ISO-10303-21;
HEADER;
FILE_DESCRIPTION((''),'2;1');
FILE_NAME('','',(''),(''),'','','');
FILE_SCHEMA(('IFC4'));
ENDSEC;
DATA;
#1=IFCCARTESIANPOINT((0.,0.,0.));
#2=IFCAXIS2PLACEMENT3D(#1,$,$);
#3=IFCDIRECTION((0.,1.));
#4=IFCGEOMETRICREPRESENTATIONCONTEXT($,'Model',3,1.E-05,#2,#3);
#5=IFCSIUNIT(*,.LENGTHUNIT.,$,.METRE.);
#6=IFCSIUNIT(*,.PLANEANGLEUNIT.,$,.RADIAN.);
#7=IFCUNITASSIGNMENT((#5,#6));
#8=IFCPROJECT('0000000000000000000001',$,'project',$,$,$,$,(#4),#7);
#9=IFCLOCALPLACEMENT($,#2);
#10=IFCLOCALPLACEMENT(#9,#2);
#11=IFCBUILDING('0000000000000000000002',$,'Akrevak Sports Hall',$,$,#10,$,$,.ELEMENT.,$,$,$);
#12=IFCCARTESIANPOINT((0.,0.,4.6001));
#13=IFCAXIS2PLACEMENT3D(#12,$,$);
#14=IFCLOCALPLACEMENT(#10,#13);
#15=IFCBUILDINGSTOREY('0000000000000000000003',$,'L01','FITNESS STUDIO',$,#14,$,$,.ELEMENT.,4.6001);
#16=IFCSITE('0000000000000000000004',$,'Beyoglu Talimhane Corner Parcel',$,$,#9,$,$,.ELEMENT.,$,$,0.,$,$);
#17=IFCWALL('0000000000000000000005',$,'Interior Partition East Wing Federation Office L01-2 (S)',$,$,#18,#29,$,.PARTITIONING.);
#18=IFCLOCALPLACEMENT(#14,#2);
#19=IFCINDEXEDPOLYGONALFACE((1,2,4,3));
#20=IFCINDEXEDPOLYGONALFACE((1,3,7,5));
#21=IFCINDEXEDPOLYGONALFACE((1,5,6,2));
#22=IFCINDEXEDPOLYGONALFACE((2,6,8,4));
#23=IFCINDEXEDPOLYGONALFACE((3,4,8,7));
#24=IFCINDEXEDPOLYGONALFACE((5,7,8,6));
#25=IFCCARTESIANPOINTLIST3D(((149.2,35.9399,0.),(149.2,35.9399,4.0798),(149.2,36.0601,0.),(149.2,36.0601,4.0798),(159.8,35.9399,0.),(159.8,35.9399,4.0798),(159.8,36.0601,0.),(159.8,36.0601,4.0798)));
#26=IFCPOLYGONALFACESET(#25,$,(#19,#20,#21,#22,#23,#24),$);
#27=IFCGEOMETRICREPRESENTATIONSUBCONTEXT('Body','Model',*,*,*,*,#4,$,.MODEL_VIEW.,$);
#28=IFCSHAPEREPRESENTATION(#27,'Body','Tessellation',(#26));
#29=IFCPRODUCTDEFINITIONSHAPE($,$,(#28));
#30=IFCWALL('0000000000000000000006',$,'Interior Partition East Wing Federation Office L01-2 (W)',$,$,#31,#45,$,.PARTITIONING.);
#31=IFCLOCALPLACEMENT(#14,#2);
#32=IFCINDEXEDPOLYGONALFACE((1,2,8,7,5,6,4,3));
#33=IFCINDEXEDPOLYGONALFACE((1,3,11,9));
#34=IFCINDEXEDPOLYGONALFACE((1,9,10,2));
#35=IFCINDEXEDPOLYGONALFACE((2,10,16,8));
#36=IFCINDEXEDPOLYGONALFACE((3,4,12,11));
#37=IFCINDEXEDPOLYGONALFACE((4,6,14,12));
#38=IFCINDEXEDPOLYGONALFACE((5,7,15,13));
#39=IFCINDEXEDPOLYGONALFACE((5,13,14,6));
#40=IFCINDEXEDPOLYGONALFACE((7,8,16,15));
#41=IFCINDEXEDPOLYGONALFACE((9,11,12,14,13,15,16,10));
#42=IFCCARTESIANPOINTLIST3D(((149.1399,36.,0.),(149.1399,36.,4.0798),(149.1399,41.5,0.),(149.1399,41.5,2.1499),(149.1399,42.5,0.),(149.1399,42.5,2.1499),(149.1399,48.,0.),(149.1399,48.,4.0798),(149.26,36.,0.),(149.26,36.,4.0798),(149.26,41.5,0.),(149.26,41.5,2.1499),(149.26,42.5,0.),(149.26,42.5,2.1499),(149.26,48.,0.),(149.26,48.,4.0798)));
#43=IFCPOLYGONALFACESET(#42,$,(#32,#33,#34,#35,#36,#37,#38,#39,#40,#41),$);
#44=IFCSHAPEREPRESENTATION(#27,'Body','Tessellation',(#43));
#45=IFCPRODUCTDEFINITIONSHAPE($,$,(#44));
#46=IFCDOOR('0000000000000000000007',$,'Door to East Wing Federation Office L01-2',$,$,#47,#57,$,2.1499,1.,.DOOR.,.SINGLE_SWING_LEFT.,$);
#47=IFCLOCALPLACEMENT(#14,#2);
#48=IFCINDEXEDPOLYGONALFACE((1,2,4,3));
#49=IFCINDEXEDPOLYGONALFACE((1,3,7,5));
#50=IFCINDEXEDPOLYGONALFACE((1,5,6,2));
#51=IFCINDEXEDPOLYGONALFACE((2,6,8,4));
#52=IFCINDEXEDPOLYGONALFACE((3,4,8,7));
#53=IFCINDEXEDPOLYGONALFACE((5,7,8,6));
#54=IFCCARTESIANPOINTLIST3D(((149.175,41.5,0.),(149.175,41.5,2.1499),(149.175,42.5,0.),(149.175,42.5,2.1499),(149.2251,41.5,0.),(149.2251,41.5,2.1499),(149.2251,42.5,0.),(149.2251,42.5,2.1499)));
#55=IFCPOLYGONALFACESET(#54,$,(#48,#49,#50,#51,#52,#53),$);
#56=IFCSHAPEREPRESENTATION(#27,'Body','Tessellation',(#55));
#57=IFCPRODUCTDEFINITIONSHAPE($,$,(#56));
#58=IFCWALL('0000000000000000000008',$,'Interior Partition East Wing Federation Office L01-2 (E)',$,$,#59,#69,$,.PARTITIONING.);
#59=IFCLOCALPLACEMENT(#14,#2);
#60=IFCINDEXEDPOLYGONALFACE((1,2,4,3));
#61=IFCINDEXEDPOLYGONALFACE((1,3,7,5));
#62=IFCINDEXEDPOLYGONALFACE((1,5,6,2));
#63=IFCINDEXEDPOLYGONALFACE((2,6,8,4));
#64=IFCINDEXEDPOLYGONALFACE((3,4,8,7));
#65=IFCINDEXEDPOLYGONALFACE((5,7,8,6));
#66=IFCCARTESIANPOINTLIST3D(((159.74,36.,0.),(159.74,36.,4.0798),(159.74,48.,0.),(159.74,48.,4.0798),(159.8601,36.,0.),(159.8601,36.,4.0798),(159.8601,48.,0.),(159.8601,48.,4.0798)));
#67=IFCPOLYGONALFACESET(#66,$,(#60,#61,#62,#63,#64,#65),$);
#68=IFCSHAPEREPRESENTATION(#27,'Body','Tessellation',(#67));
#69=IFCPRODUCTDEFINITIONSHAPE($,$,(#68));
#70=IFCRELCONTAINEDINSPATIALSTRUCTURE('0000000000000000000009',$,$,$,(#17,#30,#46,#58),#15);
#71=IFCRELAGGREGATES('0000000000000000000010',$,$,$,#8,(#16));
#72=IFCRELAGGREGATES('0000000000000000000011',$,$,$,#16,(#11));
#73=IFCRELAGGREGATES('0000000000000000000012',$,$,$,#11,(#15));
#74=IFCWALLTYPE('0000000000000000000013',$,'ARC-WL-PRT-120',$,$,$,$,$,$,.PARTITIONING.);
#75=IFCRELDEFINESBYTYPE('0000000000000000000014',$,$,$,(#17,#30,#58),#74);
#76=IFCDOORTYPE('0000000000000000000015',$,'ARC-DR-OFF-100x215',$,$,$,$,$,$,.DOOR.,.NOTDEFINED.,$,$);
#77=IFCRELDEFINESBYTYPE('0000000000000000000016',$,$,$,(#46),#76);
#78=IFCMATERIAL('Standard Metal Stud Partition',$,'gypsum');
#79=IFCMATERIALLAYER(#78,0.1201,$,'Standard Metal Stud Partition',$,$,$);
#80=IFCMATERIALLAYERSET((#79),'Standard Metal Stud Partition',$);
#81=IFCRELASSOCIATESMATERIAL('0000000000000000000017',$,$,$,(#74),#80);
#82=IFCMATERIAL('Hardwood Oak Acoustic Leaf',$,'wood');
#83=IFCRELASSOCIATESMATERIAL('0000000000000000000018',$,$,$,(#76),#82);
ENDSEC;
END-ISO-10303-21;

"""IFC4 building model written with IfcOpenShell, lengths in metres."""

from ifc_helpers import new_model, si_unit, direction, frame, frame_2d, origin, place, context, subcontext, project, spatial, rectangle, extrude, material, layer, layer_set, type_object, element, fill, save


model = new_model("IFC4")

# Units and contexts
model_context = context("Model", 3, precision=1e-05, world=origin(), true_north=direction((0.0, 1.0)))
body_context = subcontext(model_context, "Body", "Model", "MODEL_VIEW")
ifc_project = project(units=[si_unit("LENGTHUNIT", "METRE"), si_unit("PLANEANGLEUNIT", "RADIAN")], contexts=[model_context])

# Site, building, storey
site_placement = place(None, origin())
site = spatial("IfcSite", under=ifc_project, at=site_placement, Name="Beyoglu Talimhane Corner Parcel", CompositionType="ELEMENT", RefElevation=0.0)
building_placement = place(site_placement, origin())
building = spatial("IfcBuilding", under=site, at=building_placement, Name="Akrevak Sports Hall", CompositionType="ELEMENT")
storey_placement = place(building_placement, frame((0.0, 0.0, 4.6001)))
storey = spatial("IfcBuildingStorey", under=building, at=storey_placement, Name="L01", Description="FITNESS STUDIO", CompositionType="ELEMENT", Elevation=4.6001)

# Wall
ifc_material_1 = material(Name="Standard Metal Stud Partition", Category="gypsum")
ifc_layer_1 = layer(ifc_material_1, 0.1201, Name="Standard Metal Stud Partition")
ifc_layer_set_1 = layer_set([ifc_layer_1], Name="Standard Metal Stud Partition")
wall_type_1 = type_object("IfcWallType", Name="ARC-WL-PRT-120", PredefinedType="PARTITIONING", material=ifc_layer_set_1)
wall_1_placement = place(storey_placement, frame((149.2, 36.0, 0.0), z_axis=(0.0, 0.0, 1.0), x_axis=(1.0, 0.0, 0.0)))
element("IfcWall", 1, at=wall_1_placement, inside=storey, type_object=wall_type_1, Name="Interior Partition East Wing Federation Office L01-2 (S)", PredefinedType="PARTITIONING", context=body_context, shape_type="SweptSolid", body=[
    extrude(rectangle(XDim=10.6001, YDim=0.1201, at=frame_2d((5.3, 0.0))), origin(), (0.0, 0.0, 1.0), 4.0798),
])

# Wall, opening, door
wall_2_placement = place(storey_placement, frame((149.2, 36.0, 0.0), z_axis=(0.0, 0.0, 1.0), x_axis=(0.0, 1.0, 0.0)))
wall_2 = element("IfcWall", 2, at=wall_2_placement, inside=storey, type_object=wall_type_1, Name="Interior Partition East Wing Federation Office L01-2 (W)", PredefinedType="PARTITIONING", context=body_context, shape_type="SweptSolid", body=[
    extrude(rectangle(XDim=12.0, YDim=0.1201, at=frame_2d((6.0, 0.0))), origin(), (0.0, 0.0, 1.0), 4.0798),
])
opening_placement = place(wall_2_placement, frame((5.5, 0.0, 0.0)))
opening = element("IfcOpeningElement", 3, at=opening_placement, cuts=wall_2, PredefinedType="OPENING", context=body_context, shape_type="SweptSolid", body=[
    extrude(rectangle(XDim=1.0, YDim=2.1499, at=frame_2d((0.5, 1.075))), frame((0.0, 0.072, 0.0), z_axis=(0.0, -1.0, 0.0), x_axis=(1.0, 0.0, 0.0)), (0.0, 0.0, 1.0), 0.144),
])
ifc_material_2 = material(Name="Hardwood Oak Acoustic Leaf", Category="wood")
door_type = type_object("IfcDoorType", Name="ARC-DR-OFF-100x215", OperationType="NOTDEFINED", PredefinedType="DOOR", material=ifc_material_2)
door_placement = place(opening_placement, origin())
door = element("IfcDoor", 4, at=door_placement, inside=storey, type_object=door_type, Name="Door to East Wing Federation Office L01-2", OperationType="SINGLE_SWING_LEFT", OverallHeight=2.1499, OverallWidth=1.0, PredefinedType="DOOR", context=body_context, shape_type="SweptSolid", body=[
    extrude(rectangle(XDim=1.0, YDim=2.1499, at=frame_2d((0.5, 1.075))), frame((0.0, 0.0249, 0.0), z_axis=(0.0, -1.0, 0.0), x_axis=(1.0, 0.0, 0.0)), (0.0, 0.0, 1.0), 0.05),
])
fill(opening, door)

# Wall
wall_3_placement = place(storey_placement, frame((159.8, 36.0, 0.0), z_axis=(0.0, 0.0, 1.0), x_axis=(0.0, 1.0, 0.0)))
element("IfcWall", 5, at=wall_3_placement, inside=storey, type_object=wall_type_1, Name="Interior Partition East Wing Federation Office L01-2 (E)", PredefinedType="PARTITIONING", context=body_context, shape_type="SweptSolid", body=[
    extrude(rectangle(XDim=12.0, YDim=0.1201, at=frame_2d((6.0, 0.0))), origin(), (0.0, 0.0, 1.0), 4.0798),
])

save(model, "model.ifc")
